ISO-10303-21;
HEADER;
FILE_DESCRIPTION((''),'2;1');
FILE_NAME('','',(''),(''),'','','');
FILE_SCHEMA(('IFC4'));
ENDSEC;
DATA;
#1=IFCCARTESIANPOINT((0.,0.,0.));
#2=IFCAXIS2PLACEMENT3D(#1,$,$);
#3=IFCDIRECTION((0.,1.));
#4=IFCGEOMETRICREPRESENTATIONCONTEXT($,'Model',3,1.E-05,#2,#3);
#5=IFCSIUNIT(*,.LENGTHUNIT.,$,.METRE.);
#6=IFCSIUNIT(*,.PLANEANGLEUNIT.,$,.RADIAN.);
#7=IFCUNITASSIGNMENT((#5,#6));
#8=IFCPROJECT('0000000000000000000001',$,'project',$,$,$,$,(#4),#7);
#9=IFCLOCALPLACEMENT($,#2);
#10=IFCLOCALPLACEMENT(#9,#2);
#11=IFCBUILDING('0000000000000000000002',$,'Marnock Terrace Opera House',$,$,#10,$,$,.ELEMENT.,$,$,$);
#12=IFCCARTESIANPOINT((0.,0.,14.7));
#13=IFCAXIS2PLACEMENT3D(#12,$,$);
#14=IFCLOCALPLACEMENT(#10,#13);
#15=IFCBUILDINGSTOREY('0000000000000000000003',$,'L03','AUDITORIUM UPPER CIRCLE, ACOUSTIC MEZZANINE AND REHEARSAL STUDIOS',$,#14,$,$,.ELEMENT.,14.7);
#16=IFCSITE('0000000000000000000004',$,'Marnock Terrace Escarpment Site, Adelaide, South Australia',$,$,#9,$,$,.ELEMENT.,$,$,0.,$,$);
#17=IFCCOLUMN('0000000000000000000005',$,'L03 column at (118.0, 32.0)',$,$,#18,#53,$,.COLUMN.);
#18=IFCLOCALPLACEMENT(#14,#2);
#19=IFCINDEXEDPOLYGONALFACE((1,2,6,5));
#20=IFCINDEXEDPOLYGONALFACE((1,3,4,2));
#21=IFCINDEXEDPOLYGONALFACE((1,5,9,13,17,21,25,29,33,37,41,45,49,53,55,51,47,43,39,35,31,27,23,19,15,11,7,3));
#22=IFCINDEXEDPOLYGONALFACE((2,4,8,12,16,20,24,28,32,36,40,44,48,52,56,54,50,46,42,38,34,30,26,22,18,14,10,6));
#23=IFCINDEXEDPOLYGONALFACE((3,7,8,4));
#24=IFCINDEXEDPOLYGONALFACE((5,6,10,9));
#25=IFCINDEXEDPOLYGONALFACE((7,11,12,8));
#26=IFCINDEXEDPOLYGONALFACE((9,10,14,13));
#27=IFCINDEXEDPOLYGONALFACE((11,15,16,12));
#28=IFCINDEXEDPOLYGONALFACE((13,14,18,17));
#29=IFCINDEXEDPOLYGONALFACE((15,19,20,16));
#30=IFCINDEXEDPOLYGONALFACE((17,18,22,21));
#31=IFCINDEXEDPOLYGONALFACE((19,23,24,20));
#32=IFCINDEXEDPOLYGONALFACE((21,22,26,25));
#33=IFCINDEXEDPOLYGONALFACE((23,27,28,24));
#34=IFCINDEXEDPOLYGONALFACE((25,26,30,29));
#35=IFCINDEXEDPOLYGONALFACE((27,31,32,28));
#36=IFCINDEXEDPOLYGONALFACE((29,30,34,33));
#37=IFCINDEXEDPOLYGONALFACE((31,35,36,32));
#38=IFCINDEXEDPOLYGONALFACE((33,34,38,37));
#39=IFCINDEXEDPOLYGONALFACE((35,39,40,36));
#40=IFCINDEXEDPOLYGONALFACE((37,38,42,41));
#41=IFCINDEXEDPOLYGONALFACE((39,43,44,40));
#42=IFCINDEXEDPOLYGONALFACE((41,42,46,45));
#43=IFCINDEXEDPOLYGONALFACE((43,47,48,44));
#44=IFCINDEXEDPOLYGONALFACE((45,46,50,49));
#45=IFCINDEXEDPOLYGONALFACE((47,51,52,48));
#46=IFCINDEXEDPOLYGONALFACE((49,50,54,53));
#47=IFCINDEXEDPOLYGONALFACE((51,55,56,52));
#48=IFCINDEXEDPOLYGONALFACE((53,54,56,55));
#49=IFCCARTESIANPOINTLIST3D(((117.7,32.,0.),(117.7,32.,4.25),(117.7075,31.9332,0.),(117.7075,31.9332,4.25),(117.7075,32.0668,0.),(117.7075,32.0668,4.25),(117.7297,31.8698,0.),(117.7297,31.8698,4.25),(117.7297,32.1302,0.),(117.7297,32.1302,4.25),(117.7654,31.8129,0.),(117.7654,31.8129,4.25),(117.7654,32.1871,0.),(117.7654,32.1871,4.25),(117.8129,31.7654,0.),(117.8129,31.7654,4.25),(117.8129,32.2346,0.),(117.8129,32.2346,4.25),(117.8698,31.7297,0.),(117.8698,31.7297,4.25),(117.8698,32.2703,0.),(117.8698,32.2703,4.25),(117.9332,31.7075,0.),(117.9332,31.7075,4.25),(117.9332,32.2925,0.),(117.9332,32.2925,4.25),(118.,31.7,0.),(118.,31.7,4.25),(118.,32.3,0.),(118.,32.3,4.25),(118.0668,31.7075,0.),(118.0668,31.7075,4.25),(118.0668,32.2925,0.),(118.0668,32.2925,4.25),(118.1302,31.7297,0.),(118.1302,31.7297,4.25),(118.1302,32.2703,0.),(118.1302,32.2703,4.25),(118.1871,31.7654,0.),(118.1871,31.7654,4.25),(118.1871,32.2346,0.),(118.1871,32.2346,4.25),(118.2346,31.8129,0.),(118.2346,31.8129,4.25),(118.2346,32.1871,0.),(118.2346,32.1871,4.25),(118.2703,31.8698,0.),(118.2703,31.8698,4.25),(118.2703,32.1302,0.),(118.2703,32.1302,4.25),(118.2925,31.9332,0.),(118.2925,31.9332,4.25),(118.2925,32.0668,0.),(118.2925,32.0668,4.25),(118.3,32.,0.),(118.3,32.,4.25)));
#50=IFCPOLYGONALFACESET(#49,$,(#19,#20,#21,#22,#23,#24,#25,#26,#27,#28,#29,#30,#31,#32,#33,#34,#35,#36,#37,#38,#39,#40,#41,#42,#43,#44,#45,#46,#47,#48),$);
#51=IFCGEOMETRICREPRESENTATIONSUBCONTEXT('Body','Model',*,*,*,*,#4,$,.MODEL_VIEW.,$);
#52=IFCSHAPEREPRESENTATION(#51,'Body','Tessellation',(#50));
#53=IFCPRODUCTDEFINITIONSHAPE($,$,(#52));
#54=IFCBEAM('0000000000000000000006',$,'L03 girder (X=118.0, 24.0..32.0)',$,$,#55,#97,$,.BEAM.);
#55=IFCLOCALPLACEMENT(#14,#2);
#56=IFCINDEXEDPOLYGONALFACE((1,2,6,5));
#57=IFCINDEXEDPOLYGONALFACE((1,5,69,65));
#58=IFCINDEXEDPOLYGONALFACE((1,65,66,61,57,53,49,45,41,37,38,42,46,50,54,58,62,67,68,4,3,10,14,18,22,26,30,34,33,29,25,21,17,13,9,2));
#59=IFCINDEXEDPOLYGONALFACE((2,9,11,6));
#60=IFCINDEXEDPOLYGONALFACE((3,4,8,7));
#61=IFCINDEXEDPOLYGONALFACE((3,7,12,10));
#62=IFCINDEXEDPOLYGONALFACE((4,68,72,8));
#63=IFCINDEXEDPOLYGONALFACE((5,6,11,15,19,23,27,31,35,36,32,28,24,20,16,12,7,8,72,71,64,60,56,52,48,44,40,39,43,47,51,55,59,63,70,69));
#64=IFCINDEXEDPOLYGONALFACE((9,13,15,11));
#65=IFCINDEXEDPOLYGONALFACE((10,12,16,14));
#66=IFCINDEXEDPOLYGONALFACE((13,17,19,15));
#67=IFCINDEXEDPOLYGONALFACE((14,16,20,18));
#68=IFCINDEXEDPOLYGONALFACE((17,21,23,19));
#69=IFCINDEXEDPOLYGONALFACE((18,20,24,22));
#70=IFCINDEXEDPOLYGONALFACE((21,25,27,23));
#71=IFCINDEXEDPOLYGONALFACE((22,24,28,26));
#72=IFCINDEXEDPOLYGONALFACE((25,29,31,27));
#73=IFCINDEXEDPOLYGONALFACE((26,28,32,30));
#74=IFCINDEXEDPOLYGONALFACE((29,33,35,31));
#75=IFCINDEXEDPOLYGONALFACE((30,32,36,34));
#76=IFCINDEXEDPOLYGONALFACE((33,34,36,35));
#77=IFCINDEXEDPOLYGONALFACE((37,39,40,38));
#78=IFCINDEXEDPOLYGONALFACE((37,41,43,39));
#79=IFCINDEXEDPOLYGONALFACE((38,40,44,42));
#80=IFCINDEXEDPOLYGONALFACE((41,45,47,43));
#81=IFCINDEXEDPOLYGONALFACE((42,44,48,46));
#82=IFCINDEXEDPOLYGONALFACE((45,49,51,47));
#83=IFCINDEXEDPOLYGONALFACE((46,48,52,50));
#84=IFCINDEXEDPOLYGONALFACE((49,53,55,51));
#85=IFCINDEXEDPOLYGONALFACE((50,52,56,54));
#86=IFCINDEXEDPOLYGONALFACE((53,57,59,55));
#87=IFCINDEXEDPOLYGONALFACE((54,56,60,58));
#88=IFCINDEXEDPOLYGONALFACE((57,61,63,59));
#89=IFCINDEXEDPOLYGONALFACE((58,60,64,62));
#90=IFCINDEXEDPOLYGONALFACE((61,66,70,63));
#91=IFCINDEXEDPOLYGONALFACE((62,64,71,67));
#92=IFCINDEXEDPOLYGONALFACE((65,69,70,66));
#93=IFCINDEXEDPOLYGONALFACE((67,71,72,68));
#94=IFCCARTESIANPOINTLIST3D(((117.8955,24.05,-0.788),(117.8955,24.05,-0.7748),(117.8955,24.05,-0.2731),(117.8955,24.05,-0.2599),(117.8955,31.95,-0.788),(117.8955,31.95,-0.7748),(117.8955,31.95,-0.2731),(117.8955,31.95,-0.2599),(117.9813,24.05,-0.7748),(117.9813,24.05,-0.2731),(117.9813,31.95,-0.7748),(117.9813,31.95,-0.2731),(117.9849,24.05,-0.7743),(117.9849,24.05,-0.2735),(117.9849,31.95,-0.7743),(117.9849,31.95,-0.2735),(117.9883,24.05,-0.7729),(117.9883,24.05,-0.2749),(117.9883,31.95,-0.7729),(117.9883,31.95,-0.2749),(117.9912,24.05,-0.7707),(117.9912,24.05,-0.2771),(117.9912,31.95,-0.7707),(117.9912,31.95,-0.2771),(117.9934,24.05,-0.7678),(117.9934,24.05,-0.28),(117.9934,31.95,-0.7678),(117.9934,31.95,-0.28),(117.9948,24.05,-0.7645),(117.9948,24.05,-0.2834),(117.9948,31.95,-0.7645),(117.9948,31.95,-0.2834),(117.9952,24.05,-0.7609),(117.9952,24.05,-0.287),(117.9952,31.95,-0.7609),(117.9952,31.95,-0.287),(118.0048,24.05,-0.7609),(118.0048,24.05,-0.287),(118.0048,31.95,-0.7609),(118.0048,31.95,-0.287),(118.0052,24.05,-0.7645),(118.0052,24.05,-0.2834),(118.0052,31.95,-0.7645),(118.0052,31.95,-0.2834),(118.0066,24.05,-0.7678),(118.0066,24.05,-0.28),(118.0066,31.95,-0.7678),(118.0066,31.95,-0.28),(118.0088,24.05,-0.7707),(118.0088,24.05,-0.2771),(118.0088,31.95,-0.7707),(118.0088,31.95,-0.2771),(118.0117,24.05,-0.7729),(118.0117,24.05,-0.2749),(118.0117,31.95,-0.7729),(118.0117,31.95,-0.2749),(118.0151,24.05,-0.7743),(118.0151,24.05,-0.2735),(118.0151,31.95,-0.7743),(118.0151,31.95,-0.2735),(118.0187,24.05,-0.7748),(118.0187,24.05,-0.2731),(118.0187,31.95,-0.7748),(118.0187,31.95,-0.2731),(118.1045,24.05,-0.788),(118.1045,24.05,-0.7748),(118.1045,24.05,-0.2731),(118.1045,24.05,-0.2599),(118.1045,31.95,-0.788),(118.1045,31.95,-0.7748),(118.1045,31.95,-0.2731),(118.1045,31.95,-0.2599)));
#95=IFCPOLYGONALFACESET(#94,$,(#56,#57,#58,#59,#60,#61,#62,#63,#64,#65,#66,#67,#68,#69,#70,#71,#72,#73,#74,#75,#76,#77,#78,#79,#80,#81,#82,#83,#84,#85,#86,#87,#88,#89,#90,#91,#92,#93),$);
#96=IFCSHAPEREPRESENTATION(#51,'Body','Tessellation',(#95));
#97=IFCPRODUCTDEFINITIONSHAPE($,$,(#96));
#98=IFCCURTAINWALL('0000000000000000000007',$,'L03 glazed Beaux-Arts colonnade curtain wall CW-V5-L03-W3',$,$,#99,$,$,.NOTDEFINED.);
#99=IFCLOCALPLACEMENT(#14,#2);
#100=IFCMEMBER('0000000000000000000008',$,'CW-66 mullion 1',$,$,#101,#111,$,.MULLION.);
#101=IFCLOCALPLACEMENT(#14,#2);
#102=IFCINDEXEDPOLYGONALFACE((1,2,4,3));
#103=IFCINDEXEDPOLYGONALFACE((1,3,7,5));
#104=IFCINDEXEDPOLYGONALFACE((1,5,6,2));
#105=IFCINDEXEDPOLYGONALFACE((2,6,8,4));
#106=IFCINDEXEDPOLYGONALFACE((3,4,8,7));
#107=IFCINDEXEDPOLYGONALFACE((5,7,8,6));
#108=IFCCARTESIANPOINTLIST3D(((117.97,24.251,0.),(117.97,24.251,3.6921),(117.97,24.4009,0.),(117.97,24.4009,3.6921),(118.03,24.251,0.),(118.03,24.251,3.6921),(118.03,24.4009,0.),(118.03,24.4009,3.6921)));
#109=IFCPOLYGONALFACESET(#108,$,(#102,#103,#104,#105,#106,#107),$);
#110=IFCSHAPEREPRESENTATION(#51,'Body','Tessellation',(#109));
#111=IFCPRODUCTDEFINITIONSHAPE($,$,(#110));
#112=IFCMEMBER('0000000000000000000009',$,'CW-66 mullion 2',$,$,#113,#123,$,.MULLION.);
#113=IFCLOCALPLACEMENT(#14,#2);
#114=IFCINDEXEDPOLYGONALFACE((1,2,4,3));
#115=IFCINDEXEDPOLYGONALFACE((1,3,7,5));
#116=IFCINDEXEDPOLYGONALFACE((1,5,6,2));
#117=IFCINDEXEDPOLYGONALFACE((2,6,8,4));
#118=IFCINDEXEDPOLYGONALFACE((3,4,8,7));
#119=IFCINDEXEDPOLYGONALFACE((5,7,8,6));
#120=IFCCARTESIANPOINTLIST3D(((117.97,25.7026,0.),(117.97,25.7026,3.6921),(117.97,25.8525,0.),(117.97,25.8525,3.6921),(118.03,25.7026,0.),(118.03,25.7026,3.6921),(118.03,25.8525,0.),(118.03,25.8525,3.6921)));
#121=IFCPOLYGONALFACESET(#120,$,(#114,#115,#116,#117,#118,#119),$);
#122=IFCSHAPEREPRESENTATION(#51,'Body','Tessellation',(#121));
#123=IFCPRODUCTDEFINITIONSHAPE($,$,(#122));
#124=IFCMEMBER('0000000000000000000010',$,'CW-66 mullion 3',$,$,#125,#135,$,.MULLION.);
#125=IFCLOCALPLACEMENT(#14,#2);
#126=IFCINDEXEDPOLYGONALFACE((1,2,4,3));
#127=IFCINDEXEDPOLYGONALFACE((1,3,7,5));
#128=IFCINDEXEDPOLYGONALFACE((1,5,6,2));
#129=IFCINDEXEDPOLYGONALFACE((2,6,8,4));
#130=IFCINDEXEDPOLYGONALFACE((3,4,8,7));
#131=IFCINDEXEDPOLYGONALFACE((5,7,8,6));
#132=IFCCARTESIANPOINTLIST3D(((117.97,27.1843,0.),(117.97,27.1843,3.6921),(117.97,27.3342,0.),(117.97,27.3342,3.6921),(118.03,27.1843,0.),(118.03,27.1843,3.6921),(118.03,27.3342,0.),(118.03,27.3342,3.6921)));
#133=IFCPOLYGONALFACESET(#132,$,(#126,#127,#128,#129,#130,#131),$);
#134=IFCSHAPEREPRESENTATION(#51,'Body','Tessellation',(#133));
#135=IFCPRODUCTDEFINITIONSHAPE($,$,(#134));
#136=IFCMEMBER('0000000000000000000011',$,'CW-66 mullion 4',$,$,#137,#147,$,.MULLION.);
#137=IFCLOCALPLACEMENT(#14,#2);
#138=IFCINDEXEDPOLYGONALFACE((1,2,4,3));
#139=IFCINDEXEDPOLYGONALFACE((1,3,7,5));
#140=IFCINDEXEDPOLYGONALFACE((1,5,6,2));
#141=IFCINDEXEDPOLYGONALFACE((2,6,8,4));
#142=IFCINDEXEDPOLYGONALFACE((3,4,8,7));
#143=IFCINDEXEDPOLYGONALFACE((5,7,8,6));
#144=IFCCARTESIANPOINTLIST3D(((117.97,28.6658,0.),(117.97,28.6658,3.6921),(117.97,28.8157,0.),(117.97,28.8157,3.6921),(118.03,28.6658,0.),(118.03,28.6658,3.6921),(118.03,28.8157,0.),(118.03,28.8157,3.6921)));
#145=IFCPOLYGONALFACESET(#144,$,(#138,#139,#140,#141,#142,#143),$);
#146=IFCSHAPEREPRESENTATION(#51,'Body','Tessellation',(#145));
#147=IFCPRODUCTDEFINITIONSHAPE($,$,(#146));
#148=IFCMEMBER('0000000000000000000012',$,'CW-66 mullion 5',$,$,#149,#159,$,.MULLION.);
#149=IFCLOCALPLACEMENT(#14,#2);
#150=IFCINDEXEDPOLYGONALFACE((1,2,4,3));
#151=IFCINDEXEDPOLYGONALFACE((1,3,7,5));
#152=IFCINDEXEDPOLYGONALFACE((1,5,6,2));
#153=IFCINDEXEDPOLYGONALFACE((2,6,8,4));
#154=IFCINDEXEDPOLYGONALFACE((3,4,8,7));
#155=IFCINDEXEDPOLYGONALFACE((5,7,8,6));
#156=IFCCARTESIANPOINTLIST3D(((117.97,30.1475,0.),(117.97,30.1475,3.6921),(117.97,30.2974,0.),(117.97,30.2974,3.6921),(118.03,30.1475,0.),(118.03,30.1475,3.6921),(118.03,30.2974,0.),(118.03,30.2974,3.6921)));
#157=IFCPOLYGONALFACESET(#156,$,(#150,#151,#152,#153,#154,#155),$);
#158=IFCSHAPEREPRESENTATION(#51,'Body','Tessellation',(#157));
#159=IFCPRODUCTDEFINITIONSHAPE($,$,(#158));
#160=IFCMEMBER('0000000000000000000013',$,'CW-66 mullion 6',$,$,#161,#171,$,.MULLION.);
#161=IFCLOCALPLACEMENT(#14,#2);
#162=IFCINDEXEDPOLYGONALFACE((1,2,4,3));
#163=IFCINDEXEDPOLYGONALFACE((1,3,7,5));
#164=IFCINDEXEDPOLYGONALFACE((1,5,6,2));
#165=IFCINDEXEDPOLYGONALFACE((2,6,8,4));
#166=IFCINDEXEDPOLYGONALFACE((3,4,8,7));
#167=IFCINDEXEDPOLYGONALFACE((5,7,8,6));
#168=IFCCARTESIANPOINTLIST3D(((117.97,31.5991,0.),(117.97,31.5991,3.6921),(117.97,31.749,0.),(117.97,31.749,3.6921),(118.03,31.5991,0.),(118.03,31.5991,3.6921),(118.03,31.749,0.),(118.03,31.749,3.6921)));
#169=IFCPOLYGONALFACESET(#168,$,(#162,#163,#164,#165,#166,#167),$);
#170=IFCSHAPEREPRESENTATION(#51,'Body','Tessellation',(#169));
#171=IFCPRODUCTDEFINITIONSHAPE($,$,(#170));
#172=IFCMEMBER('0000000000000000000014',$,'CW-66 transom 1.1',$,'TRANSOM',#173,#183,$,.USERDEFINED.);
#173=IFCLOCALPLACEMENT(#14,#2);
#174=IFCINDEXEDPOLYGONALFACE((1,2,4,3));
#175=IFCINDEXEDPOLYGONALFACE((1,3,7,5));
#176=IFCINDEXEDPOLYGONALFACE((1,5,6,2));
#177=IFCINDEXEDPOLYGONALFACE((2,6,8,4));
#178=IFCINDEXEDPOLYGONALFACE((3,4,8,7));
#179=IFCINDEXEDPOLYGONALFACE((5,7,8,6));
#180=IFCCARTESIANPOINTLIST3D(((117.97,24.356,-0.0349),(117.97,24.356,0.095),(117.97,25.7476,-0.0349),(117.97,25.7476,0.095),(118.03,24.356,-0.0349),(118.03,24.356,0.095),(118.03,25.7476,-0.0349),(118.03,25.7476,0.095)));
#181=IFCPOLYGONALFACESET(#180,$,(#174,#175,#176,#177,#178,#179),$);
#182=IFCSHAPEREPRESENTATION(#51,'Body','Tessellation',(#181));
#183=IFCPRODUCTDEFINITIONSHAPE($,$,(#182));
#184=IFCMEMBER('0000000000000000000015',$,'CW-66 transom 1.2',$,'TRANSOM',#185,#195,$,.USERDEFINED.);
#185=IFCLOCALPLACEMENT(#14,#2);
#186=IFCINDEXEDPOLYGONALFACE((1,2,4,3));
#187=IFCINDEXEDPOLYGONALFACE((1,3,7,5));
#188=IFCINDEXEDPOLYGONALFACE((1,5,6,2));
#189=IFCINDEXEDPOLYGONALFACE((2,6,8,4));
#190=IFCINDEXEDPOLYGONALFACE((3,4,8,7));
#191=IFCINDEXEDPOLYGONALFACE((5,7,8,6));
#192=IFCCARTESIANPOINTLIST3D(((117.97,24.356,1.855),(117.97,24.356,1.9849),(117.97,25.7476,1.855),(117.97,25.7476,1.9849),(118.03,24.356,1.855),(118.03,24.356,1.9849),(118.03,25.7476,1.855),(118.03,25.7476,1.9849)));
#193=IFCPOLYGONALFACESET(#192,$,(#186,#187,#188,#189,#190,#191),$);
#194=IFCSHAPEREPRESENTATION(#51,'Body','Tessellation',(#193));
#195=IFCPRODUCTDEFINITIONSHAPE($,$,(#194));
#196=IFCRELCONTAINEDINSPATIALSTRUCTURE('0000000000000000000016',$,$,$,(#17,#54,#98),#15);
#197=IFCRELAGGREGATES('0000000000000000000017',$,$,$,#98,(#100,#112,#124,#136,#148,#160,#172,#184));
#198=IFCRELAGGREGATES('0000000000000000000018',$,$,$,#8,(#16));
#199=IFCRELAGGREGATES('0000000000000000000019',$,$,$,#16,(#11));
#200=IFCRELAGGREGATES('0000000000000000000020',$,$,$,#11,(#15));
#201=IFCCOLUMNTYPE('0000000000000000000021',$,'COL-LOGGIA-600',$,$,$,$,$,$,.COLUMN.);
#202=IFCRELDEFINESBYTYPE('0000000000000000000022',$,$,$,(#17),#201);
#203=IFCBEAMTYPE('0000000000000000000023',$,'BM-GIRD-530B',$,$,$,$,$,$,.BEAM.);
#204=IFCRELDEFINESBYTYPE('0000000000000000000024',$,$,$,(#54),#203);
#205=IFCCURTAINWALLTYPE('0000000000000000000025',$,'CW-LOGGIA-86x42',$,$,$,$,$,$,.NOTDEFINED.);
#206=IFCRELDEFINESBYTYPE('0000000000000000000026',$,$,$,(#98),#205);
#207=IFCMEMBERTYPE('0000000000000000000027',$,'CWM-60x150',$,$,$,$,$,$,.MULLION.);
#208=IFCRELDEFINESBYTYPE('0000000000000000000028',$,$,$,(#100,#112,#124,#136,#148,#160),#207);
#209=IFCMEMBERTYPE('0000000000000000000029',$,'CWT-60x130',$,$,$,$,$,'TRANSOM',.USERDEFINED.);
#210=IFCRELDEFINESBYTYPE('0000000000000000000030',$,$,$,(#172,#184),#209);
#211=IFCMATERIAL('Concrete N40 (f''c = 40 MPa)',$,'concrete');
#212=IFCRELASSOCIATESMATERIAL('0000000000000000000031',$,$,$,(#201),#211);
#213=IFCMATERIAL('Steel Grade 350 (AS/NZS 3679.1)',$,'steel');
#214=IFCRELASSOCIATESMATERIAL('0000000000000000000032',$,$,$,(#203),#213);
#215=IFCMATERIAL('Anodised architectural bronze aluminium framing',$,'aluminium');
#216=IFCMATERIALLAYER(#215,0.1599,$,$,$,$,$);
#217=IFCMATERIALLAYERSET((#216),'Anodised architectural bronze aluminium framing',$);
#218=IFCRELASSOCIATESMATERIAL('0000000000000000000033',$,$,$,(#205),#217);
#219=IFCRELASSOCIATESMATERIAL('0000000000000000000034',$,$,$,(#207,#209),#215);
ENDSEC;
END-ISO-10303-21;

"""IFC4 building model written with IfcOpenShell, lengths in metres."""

from ifc_helpers import new_model, si_unit, direction, frame, origin, origin_2d, place, context, subcontext, project, spatial, rectangle, circle, i_section, extrude, material, layer, layer_set, material_profile, profile_set, type_object, element, aggregate, save


model = new_model("IFC4")

# Units and contexts
model_context = context("Model", 3, precision=1e-05, world=origin(), true_north=direction((0.0, 1.0)))
body_context = subcontext(model_context, "Body", "Model", "MODEL_VIEW")
ifc_project = project(units=[si_unit("LENGTHUNIT", "METRE"), si_unit("PLANEANGLEUNIT", "RADIAN")], contexts=[model_context])

# Site, building, storey
site_placement = place(None, origin())
site = spatial("IfcSite", under=ifc_project, at=site_placement, Name="Marnock Terrace Escarpment Site, Adelaide, South Australia", CompositionType="ELEMENT", RefElevation=0.0)
building_placement = place(site_placement, origin())
building = spatial("IfcBuilding", under=site, at=building_placement, Name="Marnock Terrace Opera House", CompositionType="ELEMENT")
storey_placement = place(building_placement, frame((0.0, 0.0, 14.7)))
storey = spatial("IfcBuildingStorey", under=building, at=storey_placement, Name="L03", Description="AUDITORIUM UPPER CIRCLE, ACOUSTIC MEZZANINE AND REHEARSAL STUDIOS", CompositionType="ELEMENT", Elevation=14.7)

# Column
ifc_material_1 = material(Name="Concrete N40 (f'c = 40 MPa)", Category="concrete")
ifc_material_profile_1 = material_profile(ifc_material_1, circle(Radius=0.3, at=origin_2d()))
ifc_profile_set_1 = profile_set([ifc_material_profile_1], Name="Concrete N40 (f'c = 40 MPa)")
column_type = type_object("IfcColumnType", Name="COL-LOGGIA-600", PredefinedType="COLUMN", material=ifc_profile_set_1)
column_placement = place(storey_placement, frame((118.0, 32.0, 0.0), z_axis=(0.0, 0.0, 1.0), x_axis=(1.0, 0.0, 0.0)))
element("IfcColumn", 1, at=column_placement, inside=storey, type_object=column_type, Name="L03 column at (118.0, 32.0)", PredefinedType="COLUMN", context=body_context, shape_type="SweptSolid", body=[
    extrude(circle(Radius=0.3, at=origin_2d()), origin(), (0.0, 0.0, 1.0), 4.25),
])

# Beam
ifc_material_2 = material(Name="Steel Grade 350 (AS/NZS 3679.1)", Category="steel")
ifc_material_profile_2 = material_profile(ifc_material_2, i_section(OverallWidth=0.209, OverallDepth=0.5281, WebThickness=0.0095, FlangeThickness=0.0132, FilletRadius=0.0139, at=origin_2d()))
ifc_profile_set_2 = profile_set([ifc_material_profile_2], Name="Steel Grade 350 (AS/NZS 3679.1)")
beam_type = type_object("IfcBeamType", Name="BM-GIRD-530B", PredefinedType="BEAM", material=ifc_profile_set_2)
beam_placement = place(storey_placement, frame((118.0, 24.05, -0.5239), z_axis=(0.0, 1.0, 0.0), x_axis=(-1.0, 0.0, 0.0)))
element("IfcBeam", 2, at=beam_placement, inside=storey, type_object=beam_type, Name="L03 girder (X=118.0, 24.0..32.0)", PredefinedType="BEAM", context=body_context, shape_type="SweptSolid", body=[
    extrude(i_section(OverallWidth=0.209, OverallDepth=0.5281, WebThickness=0.0095, FlangeThickness=0.0132, FilletRadius=0.0139, at=origin_2d()), origin(), (0.0, 0.0, 1.0), 7.8999),
])

# Curtain wall, members
ifc_material_3 = material(Name="Anodised architectural bronze aluminium framing", Category="aluminium")
ifc_layer_1 = layer(ifc_material_3, 0.1599)
ifc_layer_set_1 = layer_set([ifc_layer_1], Name="Anodised architectural bronze aluminium framing")
curtain_wall_type = type_object("IfcCurtainWallType", Name="CW-LOGGIA-86x42", PredefinedType="NOTDEFINED", material=ifc_layer_set_1)
curtain_wall_placement = place(storey_placement, origin())
curtain_wall = element("IfcCurtainWall", 3, at=curtain_wall_placement, inside=storey, type_object=curtain_wall_type, Name="L03 glazed Beaux-Arts colonnade curtain wall CW-V5-L03-W3", PredefinedType="NOTDEFINED")
ifc_material_profile_3 = material_profile(ifc_material_3, rectangle(XDim=0.0601, YDim=0.1499, at=origin_2d()))
ifc_profile_set_3 = profile_set([ifc_material_profile_3], Name="Anodised architectural bronze aluminium framing")
member_type_1 = type_object("IfcMemberType", Name="CWM-60x150", PredefinedType="MULLION", material=ifc_profile_set_3)
member_1_placement = place(storey_placement, frame((118.0, 24.3259, 0.0), z_axis=(0.0, 0.0, 1.0), x_axis=(-1.0, 0.0, 0.0)))
member_1 = element("IfcMember", 4, at=member_1_placement, type_object=member_type_1, Name="CW-66 mullion 1", PredefinedType="MULLION", context=body_context, shape_type="SweptSolid", body=[
    extrude(rectangle(XDim=0.0601, YDim=0.1499, at=origin_2d()), origin(), (0.0, 0.0, 1.0), 3.6921),
])
member_2_placement = place(storey_placement, frame((118.0, 25.7776, 0.0), z_axis=(0.0, 0.0, 1.0), x_axis=(-1.0, 0.0, 0.0)))
member_2 = element("IfcMember", 5, at=member_2_placement, type_object=member_type_1, Name="CW-66 mullion 2", PredefinedType="MULLION", context=body_context, shape_type="SweptSolid", body=[
    extrude(rectangle(XDim=0.0601, YDim=0.1499, at=origin_2d()), origin(), (0.0, 0.0, 1.0), 3.6921),
])
member_3_placement = place(storey_placement, frame((118.0, 27.2593, 0.0), z_axis=(0.0, 0.0, 1.0), x_axis=(-1.0, 0.0, 0.0)))
member_3 = element("IfcMember", 6, at=member_3_placement, type_object=member_type_1, Name="CW-66 mullion 3", PredefinedType="MULLION", context=body_context, shape_type="SweptSolid", body=[
    extrude(rectangle(XDim=0.0601, YDim=0.1499, at=origin_2d()), origin(), (0.0, 0.0, 1.0), 3.6921),
])
member_4_placement = place(storey_placement, frame((118.0, 28.7407, 0.0), z_axis=(0.0, 0.0, 1.0), x_axis=(-1.0, 0.0, 0.0)))
member_4 = element("IfcMember", 7, at=member_4_placement, type_object=member_type_1, Name="CW-66 mullion 4", PredefinedType="MULLION", context=body_context, shape_type="SweptSolid", body=[
    extrude(rectangle(XDim=0.0601, YDim=0.1499, at=origin_2d()), origin(), (0.0, 0.0, 1.0), 3.6921),
])
member_5_placement = place(storey_placement, frame((118.0, 30.2224, 0.0), z_axis=(0.0, 0.0, 1.0), x_axis=(-1.0, 0.0, 0.0)))
member_5 = element("IfcMember", 8, at=member_5_placement, type_object=member_type_1, Name="CW-66 mullion 5", PredefinedType="MULLION", context=body_context, shape_type="SweptSolid", body=[
    extrude(rectangle(XDim=0.0601, YDim=0.1499, at=origin_2d()), origin(), (0.0, 0.0, 1.0), 3.6921),
])
member_6_placement = place(storey_placement, frame((118.0, 31.6741, 0.0), z_axis=(0.0, 0.0, 1.0), x_axis=(-1.0, 0.0, 0.0)))
member_6 = element("IfcMember", 9, at=member_6_placement, type_object=member_type_1, Name="CW-66 mullion 6", PredefinedType="MULLION", context=body_context, shape_type="SweptSolid", body=[
    extrude(rectangle(XDim=0.0601, YDim=0.1499, at=origin_2d()), origin(), (0.0, 0.0, 1.0), 3.6921),
])
ifc_material_profile_4 = material_profile(ifc_material_3, rectangle(XDim=0.0601, YDim=0.1299, at=origin_2d()))
ifc_profile_set_4 = profile_set([ifc_material_profile_4], Name="Anodised architectural bronze aluminium framing")
member_type_2 = type_object("IfcMemberType", Name="CWT-60x130", ElementType="TRANSOM", PredefinedType="USERDEFINED", material=ifc_profile_set_4)
member_7_placement = place(storey_placement, frame((118.0, 24.356, 0.03), z_axis=(0.0, 1.0, 0.0), x_axis=(-1.0, 0.0, 0.0)))
member_7 = element("IfcMember", 10, at=member_7_placement, type_object=member_type_2, Name="CW-66 transom 1.1", ObjectType="TRANSOM", PredefinedType="USERDEFINED", context=body_context, shape_type="SweptSolid", body=[
    extrude(rectangle(XDim=0.0601, YDim=0.1299, at=origin_2d()), origin(), (0.0, 0.0, 1.0), 1.3916),
])
member_8_placement = place(storey_placement, frame((118.0, 24.356, 1.9199), z_axis=(0.0, 1.0, 0.0), x_axis=(-1.0, 0.0, 0.0)))
member_8 = element("IfcMember", 11, at=member_8_placement, type_object=member_type_2, Name="CW-66 transom 1.2", ObjectType="TRANSOM", PredefinedType="USERDEFINED", context=body_context, shape_type="SweptSolid", body=[
    extrude(rectangle(XDim=0.0601, YDim=0.1299, at=origin_2d()), origin(), (0.0, 0.0, 1.0), 1.3916),
])
aggregate(curtain_wall, [member_1, member_2, member_3, member_4, member_5, member_6, member_7, member_8])

save(model, "model.ifc")
